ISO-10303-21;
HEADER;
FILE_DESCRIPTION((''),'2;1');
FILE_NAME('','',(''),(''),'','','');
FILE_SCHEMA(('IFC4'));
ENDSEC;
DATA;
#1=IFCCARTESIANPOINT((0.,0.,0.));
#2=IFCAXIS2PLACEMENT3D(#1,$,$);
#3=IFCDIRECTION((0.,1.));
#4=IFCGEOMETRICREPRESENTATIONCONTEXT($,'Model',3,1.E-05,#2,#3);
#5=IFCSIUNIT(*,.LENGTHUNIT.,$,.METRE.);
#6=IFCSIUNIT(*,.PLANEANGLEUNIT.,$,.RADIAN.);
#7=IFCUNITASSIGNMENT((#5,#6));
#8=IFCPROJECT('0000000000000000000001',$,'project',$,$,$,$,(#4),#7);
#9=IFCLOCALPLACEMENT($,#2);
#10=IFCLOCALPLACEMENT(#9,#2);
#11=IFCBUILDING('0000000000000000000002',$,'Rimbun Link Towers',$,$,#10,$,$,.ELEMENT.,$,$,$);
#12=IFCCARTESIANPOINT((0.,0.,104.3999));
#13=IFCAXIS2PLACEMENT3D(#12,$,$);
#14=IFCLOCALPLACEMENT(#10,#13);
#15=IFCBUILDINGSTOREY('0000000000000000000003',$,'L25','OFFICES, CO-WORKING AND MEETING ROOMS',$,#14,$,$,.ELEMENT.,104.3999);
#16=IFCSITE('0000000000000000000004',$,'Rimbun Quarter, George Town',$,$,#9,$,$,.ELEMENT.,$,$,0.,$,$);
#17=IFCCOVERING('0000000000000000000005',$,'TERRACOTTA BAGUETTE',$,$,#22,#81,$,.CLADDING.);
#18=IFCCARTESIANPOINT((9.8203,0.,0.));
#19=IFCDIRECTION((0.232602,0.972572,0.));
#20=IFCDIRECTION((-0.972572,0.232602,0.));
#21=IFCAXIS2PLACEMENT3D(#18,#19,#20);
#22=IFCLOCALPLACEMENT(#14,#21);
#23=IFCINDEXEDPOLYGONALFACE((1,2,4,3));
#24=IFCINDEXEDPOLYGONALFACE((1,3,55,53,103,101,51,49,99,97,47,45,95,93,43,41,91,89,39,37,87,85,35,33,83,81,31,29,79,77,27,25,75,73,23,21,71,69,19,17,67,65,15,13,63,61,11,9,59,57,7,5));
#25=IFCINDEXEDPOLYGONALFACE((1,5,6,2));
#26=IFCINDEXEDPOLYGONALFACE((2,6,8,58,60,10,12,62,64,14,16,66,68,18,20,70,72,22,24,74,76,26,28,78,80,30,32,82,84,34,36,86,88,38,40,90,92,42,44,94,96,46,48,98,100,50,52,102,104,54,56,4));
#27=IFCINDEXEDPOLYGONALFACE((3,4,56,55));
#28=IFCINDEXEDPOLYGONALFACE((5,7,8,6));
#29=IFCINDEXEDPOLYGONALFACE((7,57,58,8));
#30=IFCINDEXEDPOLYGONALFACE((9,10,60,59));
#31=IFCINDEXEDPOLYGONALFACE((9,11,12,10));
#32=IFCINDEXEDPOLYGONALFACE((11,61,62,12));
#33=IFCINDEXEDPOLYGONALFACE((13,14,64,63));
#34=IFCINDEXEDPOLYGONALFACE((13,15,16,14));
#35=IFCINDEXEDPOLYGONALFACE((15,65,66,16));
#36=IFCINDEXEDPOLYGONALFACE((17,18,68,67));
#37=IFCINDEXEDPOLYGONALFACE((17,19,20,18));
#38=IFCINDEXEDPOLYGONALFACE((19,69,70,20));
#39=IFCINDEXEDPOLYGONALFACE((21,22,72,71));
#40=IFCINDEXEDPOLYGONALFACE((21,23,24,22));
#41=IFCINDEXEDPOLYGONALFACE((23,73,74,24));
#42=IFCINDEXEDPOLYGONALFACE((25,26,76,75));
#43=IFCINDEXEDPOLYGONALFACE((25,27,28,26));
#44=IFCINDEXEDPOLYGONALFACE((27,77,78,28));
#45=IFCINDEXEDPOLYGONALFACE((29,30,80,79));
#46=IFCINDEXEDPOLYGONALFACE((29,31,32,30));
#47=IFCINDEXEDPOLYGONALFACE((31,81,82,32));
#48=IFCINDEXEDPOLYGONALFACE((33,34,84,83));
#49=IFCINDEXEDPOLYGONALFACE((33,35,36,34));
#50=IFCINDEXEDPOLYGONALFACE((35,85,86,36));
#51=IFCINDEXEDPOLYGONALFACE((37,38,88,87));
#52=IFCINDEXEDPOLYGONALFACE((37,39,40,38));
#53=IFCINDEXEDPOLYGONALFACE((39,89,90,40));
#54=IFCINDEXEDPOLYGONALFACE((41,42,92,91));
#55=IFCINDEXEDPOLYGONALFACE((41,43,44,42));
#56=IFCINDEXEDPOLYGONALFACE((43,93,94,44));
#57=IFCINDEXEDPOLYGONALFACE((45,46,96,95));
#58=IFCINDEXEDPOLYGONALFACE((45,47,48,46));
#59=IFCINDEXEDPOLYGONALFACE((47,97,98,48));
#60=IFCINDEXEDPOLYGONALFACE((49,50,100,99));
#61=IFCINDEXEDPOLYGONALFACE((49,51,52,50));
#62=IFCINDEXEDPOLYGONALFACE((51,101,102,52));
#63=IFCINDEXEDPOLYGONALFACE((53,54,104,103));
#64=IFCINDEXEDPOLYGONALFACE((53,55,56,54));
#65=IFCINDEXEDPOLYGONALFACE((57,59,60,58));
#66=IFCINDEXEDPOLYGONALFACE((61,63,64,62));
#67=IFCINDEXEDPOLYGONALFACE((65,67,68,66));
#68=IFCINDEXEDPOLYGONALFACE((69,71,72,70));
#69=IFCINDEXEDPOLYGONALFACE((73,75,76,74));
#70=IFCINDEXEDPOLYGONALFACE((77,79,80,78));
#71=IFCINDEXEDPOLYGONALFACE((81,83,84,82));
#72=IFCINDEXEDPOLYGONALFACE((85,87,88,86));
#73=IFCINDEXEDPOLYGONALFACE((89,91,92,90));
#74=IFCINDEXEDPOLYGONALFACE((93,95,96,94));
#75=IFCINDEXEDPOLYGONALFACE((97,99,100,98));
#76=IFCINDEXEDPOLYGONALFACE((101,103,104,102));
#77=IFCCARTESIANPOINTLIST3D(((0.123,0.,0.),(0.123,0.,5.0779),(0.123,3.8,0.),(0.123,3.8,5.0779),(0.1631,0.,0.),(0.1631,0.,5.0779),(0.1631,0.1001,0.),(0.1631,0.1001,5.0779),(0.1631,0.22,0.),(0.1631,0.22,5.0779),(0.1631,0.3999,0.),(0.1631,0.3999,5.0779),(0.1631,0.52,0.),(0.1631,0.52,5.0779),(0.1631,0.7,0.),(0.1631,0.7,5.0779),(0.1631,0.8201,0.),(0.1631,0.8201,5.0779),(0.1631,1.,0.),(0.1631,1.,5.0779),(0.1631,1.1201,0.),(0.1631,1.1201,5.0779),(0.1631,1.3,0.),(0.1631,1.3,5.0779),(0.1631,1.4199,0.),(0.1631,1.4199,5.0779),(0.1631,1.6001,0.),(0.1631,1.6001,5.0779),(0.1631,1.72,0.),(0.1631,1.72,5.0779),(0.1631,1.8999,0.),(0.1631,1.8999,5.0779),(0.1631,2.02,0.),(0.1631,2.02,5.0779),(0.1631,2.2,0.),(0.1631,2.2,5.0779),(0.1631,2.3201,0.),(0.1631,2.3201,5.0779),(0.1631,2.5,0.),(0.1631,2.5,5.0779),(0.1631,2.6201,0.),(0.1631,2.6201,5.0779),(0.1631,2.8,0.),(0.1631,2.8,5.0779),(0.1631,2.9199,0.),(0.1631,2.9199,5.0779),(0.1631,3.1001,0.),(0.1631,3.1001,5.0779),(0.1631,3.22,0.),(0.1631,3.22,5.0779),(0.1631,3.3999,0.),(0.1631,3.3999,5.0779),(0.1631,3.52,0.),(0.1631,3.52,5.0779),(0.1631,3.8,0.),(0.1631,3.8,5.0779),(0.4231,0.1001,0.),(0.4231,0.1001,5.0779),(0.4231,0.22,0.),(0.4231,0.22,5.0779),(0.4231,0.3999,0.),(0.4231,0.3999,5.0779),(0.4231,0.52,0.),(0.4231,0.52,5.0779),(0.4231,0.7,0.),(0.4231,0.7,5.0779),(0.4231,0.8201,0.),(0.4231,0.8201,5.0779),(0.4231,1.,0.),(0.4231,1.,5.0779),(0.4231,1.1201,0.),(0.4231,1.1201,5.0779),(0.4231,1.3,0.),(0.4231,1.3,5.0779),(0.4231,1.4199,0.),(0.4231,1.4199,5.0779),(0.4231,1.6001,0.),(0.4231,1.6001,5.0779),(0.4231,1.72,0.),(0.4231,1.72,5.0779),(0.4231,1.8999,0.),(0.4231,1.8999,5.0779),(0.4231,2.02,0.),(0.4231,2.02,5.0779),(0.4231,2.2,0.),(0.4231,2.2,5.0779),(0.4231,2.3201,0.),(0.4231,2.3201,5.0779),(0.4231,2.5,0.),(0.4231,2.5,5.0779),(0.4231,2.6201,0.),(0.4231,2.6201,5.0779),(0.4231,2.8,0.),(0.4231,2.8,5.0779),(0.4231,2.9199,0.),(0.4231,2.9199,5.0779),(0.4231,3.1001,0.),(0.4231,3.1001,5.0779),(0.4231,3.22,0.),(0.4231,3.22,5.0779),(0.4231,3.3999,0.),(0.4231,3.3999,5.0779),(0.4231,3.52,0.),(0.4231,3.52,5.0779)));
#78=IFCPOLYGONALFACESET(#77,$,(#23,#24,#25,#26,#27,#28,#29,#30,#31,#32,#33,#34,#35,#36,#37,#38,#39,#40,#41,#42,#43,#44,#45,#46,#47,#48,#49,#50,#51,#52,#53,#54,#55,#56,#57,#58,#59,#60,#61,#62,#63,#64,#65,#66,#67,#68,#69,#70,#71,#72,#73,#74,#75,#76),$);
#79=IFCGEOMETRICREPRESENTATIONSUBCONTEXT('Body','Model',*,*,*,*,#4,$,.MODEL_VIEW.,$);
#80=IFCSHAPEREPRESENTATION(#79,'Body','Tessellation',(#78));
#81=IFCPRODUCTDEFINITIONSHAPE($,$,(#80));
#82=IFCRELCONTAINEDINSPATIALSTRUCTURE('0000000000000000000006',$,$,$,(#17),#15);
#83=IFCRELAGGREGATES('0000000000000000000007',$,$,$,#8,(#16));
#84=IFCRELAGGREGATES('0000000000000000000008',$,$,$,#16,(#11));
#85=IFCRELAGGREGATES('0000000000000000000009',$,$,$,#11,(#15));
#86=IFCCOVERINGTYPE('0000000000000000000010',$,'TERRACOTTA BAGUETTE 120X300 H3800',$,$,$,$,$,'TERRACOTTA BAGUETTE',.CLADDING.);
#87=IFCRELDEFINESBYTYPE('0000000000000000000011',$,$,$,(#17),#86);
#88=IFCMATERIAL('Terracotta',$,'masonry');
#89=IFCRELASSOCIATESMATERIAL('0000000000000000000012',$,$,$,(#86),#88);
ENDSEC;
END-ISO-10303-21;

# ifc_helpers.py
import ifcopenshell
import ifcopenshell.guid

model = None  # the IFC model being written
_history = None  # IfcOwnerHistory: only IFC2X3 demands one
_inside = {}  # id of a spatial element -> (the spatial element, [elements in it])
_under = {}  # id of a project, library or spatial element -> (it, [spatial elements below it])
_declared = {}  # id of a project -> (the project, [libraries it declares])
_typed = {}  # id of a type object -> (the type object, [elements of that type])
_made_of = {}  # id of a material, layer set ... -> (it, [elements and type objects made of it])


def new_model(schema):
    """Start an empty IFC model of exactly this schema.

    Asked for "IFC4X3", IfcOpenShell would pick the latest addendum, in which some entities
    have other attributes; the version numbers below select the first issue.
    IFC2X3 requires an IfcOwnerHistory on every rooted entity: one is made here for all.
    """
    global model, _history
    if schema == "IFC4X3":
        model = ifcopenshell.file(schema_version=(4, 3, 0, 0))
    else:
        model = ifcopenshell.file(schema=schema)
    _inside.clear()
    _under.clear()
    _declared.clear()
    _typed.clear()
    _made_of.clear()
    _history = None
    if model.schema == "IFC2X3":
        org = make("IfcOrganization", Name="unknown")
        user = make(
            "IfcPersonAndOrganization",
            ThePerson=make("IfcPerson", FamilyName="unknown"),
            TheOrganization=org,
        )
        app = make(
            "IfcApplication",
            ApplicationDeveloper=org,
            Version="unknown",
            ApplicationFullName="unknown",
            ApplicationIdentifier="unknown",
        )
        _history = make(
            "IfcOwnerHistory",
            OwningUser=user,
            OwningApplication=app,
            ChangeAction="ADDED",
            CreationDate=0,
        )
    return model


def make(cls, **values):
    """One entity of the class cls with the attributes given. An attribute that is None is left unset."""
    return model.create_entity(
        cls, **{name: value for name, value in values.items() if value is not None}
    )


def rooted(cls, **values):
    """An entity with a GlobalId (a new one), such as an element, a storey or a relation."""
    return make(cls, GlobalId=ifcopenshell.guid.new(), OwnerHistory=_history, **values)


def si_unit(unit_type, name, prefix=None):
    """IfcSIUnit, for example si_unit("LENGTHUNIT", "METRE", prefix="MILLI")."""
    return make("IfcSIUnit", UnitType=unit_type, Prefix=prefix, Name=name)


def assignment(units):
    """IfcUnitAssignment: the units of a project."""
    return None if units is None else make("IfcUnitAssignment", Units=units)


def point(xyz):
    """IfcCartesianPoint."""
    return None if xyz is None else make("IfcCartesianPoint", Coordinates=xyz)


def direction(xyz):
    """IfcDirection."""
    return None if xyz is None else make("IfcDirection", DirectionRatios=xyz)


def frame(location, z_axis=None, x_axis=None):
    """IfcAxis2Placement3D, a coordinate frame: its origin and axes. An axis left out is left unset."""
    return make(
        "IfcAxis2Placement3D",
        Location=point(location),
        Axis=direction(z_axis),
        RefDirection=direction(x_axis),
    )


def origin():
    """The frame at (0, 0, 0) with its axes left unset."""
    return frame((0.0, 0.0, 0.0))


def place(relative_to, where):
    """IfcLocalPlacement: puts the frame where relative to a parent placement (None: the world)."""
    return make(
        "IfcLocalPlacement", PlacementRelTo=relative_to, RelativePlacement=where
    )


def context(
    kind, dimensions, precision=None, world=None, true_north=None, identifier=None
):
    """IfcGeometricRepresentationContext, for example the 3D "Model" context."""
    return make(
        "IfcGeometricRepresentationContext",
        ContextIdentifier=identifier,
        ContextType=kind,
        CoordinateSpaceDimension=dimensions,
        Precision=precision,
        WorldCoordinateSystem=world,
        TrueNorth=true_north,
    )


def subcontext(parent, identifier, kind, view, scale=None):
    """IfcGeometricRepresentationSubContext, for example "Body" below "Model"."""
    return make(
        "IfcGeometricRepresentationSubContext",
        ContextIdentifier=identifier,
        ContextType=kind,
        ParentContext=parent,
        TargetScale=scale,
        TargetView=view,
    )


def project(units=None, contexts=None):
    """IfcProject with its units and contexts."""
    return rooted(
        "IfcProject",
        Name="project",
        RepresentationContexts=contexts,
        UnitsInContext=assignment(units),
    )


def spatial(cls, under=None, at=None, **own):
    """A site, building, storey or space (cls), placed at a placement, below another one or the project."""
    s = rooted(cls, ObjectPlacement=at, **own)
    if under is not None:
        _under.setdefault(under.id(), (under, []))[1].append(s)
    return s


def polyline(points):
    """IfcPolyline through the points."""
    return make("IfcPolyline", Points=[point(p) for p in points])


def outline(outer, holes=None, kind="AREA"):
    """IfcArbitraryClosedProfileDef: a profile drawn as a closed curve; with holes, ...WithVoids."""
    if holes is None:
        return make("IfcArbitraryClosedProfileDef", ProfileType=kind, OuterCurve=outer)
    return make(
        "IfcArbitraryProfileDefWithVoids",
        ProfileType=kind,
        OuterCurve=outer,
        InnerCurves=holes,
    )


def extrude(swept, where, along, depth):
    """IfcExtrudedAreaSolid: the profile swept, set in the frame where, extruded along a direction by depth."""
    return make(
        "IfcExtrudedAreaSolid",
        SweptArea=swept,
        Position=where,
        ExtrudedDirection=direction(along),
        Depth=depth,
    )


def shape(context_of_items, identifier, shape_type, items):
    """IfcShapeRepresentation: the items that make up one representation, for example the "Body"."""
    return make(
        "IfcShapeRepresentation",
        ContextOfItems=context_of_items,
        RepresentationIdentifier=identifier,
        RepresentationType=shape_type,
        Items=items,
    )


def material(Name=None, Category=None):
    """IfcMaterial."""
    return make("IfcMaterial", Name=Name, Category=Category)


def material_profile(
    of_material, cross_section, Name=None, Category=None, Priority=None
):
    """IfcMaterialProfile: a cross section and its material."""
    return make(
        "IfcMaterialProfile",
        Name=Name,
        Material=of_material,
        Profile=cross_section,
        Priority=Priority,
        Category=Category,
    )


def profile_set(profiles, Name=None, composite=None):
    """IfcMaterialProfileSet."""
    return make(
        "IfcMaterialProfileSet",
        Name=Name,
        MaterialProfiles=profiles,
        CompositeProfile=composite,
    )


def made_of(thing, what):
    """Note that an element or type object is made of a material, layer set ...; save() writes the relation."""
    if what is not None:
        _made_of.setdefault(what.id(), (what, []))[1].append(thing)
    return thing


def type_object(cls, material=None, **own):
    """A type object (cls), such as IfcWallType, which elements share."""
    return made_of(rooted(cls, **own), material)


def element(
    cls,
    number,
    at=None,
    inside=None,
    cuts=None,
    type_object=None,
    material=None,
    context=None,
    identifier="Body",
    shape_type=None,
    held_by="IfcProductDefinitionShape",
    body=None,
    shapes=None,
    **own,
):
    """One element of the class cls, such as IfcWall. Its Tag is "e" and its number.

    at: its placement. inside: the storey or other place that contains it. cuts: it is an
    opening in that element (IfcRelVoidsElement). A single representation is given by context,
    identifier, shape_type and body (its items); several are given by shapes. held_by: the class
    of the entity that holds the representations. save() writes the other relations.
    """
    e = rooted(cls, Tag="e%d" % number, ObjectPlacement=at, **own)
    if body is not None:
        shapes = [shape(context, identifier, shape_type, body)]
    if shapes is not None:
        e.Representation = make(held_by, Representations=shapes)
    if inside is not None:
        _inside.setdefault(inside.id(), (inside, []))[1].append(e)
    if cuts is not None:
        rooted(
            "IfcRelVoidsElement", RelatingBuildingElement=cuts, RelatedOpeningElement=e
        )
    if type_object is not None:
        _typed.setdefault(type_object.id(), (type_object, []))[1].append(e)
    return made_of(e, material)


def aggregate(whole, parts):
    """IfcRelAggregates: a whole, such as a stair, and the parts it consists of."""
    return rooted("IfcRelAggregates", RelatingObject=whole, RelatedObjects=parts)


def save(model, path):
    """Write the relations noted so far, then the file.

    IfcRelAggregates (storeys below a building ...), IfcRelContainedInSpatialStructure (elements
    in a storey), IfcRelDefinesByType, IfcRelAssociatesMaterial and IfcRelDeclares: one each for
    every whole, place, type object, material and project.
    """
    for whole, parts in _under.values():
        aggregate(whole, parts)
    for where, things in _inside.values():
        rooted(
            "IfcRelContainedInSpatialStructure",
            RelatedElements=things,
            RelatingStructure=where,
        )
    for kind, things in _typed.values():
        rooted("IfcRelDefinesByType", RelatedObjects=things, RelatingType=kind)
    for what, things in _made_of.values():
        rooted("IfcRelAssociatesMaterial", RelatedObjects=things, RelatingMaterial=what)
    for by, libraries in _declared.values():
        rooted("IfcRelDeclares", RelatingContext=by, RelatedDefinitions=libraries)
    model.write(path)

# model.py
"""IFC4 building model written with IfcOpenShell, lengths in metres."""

from ifc_helpers import new_model, si_unit, direction, frame, origin, place, context, subcontext, project, spatial, polyline, outline, extrude, material, material_profile, profile_set, type_object, element, save


model = new_model("IFC4")

# Units and contexts
model_context = context("Model", 3, precision=1e-05, world=origin(), true_north=direction((0.0, 1.0)))
body_context = subcontext(model_context, "Body", "Model", "MODEL_VIEW")
ifc_project = project(units=[si_unit("LENGTHUNIT", "METRE"), si_unit("PLANEANGLEUNIT", "RADIAN")], contexts=[model_context])

# Site, building, storey
site_placement = place(None, origin())
site = spatial("IfcSite", under=ifc_project, at=site_placement, Name="Rimbun Quarter, George Town", CompositionType="ELEMENT", RefElevation=0.0)
building_placement = place(site_placement, origin())
building = spatial("IfcBuilding", under=site, at=building_placement, Name="Rimbun Link Towers", CompositionType="ELEMENT")
storey_placement = place(building_placement, frame((0.0, 0.0, 104.3999)))
storey = spatial("IfcBuildingStorey", under=building, at=storey_placement, Name="L25", Description="OFFICES, CO-WORKING AND MEETING ROOMS", CompositionType="ELEMENT", Elevation=104.3999)

# Covering
ifc_material_1 = material(Name="Terracotta", Category="masonry")
ifc_material_profile_1 = material_profile(ifc_material_1, outline(polyline([(0.123, 0.0), (0.1631, 0.0), (0.1631, 0.1001), (0.4231, 0.1001), (0.4231, 0.22), (0.1631, 0.22), (0.1631, 0.3999), (0.4231, 0.3999), (0.4231, 0.52), (0.1631, 0.52), (0.1631, 0.7), (0.4231, 0.7), (0.4231, 0.8201), (0.1631, 0.8201), (0.1631, 1.0), (0.4231, 1.0), (0.4231, 1.1201), (0.1631, 1.1201), (0.1631, 1.3), (0.4231, 1.3), (0.4231, 1.4199), (0.1631, 1.4199), (0.1631, 1.6001), (0.4231, 1.6001), (0.4231, 1.72), (0.1631, 1.72), (0.1631, 1.8999), (0.4231, 1.8999), (0.4231, 2.02), (0.1631, 2.02), (0.1631, 2.2), (0.4231, 2.2), (0.4231, 2.3201), (0.1631, 2.3201), (0.1631, 2.5), (0.4231, 2.5), (0.4231, 2.6201), (0.1631, 2.6201), (0.1631, 2.8), (0.4231, 2.8), (0.4231, 2.9199), (0.1631, 2.9199), (0.1631, 3.1001), (0.4231, 3.1001), (0.4231, 3.22), (0.1631, 3.22), (0.1631, 3.3999), (0.4231, 3.3999), (0.4231, 3.52), (0.1631, 3.52), (0.1631, 3.8), (0.123, 3.8), (0.123, 0.0)])), Name="BAGUETTE 120X300")
ifc_profile_set_1 = profile_set([ifc_material_profile_1], Name="Terracotta")
covering_type_1 = type_object("IfcCoveringType", Name="TERRACOTTA BAGUETTE 120X300 H3800", ElementType="TERRACOTTA BAGUETTE", PredefinedType="CLADDING", material=ifc_profile_set_1)
covering_1_placement = place(storey_placement, frame((9.8203, 0.0, 0.0), z_axis=(0.232602, 0.972572, 0.0), x_axis=(-0.972572, 0.232602, 0.0)))
element("IfcCovering", 1, at=covering_1_placement, inside=storey, type_object=covering_type_1, Name="TERRACOTTA BAGUETTE", PredefinedType="CLADDING", context=body_context, shape_type="SweptSolid", body=[
    extrude(outline(polyline([(0.123, 0.0), (0.1631, 0.0), (0.1631, 0.1001), (0.4231, 0.1001), (0.4231, 0.22), (0.1631, 0.22), (0.1631, 0.3999), (0.4231, 0.3999), (0.4231, 0.52), (0.1631, 0.52), (0.1631, 0.7), (0.4231, 0.7), (0.4231, 0.8201), (0.1631, 0.8201), (0.1631, 1.0), (0.4231, 1.0), (0.4231, 1.1201), (0.1631, 1.1201), (0.1631, 1.3), (0.4231, 1.3), (0.4231, 1.4199), (0.1631, 1.4199), (0.1631, 1.6001), (0.4231, 1.6001), (0.4231, 1.72), (0.1631, 1.72), (0.1631, 1.8999), (0.4231, 1.8999), (0.4231, 2.02), (0.1631, 2.02), (0.1631, 2.2), (0.4231, 2.2), (0.4231, 2.3201), (0.1631, 2.3201), (0.1631, 2.5), (0.4231, 2.5), (0.4231, 2.6201), (0.1631, 2.6201), (0.1631, 2.8), (0.4231, 2.8), (0.4231, 2.9199), (0.1631, 2.9199), (0.1631, 3.1001), (0.4231, 3.1001), (0.4231, 3.22), (0.1631, 3.22), (0.1631, 3.3999), (0.4231, 3.3999), (0.4231, 3.52), (0.1631, 3.52), (0.1631, 3.8), (0.123, 3.8), (0.123, 0.0)])), origin(), (0.0, 0.0, 1.0), 5.0779),
])

save(model, "model.ifc")
